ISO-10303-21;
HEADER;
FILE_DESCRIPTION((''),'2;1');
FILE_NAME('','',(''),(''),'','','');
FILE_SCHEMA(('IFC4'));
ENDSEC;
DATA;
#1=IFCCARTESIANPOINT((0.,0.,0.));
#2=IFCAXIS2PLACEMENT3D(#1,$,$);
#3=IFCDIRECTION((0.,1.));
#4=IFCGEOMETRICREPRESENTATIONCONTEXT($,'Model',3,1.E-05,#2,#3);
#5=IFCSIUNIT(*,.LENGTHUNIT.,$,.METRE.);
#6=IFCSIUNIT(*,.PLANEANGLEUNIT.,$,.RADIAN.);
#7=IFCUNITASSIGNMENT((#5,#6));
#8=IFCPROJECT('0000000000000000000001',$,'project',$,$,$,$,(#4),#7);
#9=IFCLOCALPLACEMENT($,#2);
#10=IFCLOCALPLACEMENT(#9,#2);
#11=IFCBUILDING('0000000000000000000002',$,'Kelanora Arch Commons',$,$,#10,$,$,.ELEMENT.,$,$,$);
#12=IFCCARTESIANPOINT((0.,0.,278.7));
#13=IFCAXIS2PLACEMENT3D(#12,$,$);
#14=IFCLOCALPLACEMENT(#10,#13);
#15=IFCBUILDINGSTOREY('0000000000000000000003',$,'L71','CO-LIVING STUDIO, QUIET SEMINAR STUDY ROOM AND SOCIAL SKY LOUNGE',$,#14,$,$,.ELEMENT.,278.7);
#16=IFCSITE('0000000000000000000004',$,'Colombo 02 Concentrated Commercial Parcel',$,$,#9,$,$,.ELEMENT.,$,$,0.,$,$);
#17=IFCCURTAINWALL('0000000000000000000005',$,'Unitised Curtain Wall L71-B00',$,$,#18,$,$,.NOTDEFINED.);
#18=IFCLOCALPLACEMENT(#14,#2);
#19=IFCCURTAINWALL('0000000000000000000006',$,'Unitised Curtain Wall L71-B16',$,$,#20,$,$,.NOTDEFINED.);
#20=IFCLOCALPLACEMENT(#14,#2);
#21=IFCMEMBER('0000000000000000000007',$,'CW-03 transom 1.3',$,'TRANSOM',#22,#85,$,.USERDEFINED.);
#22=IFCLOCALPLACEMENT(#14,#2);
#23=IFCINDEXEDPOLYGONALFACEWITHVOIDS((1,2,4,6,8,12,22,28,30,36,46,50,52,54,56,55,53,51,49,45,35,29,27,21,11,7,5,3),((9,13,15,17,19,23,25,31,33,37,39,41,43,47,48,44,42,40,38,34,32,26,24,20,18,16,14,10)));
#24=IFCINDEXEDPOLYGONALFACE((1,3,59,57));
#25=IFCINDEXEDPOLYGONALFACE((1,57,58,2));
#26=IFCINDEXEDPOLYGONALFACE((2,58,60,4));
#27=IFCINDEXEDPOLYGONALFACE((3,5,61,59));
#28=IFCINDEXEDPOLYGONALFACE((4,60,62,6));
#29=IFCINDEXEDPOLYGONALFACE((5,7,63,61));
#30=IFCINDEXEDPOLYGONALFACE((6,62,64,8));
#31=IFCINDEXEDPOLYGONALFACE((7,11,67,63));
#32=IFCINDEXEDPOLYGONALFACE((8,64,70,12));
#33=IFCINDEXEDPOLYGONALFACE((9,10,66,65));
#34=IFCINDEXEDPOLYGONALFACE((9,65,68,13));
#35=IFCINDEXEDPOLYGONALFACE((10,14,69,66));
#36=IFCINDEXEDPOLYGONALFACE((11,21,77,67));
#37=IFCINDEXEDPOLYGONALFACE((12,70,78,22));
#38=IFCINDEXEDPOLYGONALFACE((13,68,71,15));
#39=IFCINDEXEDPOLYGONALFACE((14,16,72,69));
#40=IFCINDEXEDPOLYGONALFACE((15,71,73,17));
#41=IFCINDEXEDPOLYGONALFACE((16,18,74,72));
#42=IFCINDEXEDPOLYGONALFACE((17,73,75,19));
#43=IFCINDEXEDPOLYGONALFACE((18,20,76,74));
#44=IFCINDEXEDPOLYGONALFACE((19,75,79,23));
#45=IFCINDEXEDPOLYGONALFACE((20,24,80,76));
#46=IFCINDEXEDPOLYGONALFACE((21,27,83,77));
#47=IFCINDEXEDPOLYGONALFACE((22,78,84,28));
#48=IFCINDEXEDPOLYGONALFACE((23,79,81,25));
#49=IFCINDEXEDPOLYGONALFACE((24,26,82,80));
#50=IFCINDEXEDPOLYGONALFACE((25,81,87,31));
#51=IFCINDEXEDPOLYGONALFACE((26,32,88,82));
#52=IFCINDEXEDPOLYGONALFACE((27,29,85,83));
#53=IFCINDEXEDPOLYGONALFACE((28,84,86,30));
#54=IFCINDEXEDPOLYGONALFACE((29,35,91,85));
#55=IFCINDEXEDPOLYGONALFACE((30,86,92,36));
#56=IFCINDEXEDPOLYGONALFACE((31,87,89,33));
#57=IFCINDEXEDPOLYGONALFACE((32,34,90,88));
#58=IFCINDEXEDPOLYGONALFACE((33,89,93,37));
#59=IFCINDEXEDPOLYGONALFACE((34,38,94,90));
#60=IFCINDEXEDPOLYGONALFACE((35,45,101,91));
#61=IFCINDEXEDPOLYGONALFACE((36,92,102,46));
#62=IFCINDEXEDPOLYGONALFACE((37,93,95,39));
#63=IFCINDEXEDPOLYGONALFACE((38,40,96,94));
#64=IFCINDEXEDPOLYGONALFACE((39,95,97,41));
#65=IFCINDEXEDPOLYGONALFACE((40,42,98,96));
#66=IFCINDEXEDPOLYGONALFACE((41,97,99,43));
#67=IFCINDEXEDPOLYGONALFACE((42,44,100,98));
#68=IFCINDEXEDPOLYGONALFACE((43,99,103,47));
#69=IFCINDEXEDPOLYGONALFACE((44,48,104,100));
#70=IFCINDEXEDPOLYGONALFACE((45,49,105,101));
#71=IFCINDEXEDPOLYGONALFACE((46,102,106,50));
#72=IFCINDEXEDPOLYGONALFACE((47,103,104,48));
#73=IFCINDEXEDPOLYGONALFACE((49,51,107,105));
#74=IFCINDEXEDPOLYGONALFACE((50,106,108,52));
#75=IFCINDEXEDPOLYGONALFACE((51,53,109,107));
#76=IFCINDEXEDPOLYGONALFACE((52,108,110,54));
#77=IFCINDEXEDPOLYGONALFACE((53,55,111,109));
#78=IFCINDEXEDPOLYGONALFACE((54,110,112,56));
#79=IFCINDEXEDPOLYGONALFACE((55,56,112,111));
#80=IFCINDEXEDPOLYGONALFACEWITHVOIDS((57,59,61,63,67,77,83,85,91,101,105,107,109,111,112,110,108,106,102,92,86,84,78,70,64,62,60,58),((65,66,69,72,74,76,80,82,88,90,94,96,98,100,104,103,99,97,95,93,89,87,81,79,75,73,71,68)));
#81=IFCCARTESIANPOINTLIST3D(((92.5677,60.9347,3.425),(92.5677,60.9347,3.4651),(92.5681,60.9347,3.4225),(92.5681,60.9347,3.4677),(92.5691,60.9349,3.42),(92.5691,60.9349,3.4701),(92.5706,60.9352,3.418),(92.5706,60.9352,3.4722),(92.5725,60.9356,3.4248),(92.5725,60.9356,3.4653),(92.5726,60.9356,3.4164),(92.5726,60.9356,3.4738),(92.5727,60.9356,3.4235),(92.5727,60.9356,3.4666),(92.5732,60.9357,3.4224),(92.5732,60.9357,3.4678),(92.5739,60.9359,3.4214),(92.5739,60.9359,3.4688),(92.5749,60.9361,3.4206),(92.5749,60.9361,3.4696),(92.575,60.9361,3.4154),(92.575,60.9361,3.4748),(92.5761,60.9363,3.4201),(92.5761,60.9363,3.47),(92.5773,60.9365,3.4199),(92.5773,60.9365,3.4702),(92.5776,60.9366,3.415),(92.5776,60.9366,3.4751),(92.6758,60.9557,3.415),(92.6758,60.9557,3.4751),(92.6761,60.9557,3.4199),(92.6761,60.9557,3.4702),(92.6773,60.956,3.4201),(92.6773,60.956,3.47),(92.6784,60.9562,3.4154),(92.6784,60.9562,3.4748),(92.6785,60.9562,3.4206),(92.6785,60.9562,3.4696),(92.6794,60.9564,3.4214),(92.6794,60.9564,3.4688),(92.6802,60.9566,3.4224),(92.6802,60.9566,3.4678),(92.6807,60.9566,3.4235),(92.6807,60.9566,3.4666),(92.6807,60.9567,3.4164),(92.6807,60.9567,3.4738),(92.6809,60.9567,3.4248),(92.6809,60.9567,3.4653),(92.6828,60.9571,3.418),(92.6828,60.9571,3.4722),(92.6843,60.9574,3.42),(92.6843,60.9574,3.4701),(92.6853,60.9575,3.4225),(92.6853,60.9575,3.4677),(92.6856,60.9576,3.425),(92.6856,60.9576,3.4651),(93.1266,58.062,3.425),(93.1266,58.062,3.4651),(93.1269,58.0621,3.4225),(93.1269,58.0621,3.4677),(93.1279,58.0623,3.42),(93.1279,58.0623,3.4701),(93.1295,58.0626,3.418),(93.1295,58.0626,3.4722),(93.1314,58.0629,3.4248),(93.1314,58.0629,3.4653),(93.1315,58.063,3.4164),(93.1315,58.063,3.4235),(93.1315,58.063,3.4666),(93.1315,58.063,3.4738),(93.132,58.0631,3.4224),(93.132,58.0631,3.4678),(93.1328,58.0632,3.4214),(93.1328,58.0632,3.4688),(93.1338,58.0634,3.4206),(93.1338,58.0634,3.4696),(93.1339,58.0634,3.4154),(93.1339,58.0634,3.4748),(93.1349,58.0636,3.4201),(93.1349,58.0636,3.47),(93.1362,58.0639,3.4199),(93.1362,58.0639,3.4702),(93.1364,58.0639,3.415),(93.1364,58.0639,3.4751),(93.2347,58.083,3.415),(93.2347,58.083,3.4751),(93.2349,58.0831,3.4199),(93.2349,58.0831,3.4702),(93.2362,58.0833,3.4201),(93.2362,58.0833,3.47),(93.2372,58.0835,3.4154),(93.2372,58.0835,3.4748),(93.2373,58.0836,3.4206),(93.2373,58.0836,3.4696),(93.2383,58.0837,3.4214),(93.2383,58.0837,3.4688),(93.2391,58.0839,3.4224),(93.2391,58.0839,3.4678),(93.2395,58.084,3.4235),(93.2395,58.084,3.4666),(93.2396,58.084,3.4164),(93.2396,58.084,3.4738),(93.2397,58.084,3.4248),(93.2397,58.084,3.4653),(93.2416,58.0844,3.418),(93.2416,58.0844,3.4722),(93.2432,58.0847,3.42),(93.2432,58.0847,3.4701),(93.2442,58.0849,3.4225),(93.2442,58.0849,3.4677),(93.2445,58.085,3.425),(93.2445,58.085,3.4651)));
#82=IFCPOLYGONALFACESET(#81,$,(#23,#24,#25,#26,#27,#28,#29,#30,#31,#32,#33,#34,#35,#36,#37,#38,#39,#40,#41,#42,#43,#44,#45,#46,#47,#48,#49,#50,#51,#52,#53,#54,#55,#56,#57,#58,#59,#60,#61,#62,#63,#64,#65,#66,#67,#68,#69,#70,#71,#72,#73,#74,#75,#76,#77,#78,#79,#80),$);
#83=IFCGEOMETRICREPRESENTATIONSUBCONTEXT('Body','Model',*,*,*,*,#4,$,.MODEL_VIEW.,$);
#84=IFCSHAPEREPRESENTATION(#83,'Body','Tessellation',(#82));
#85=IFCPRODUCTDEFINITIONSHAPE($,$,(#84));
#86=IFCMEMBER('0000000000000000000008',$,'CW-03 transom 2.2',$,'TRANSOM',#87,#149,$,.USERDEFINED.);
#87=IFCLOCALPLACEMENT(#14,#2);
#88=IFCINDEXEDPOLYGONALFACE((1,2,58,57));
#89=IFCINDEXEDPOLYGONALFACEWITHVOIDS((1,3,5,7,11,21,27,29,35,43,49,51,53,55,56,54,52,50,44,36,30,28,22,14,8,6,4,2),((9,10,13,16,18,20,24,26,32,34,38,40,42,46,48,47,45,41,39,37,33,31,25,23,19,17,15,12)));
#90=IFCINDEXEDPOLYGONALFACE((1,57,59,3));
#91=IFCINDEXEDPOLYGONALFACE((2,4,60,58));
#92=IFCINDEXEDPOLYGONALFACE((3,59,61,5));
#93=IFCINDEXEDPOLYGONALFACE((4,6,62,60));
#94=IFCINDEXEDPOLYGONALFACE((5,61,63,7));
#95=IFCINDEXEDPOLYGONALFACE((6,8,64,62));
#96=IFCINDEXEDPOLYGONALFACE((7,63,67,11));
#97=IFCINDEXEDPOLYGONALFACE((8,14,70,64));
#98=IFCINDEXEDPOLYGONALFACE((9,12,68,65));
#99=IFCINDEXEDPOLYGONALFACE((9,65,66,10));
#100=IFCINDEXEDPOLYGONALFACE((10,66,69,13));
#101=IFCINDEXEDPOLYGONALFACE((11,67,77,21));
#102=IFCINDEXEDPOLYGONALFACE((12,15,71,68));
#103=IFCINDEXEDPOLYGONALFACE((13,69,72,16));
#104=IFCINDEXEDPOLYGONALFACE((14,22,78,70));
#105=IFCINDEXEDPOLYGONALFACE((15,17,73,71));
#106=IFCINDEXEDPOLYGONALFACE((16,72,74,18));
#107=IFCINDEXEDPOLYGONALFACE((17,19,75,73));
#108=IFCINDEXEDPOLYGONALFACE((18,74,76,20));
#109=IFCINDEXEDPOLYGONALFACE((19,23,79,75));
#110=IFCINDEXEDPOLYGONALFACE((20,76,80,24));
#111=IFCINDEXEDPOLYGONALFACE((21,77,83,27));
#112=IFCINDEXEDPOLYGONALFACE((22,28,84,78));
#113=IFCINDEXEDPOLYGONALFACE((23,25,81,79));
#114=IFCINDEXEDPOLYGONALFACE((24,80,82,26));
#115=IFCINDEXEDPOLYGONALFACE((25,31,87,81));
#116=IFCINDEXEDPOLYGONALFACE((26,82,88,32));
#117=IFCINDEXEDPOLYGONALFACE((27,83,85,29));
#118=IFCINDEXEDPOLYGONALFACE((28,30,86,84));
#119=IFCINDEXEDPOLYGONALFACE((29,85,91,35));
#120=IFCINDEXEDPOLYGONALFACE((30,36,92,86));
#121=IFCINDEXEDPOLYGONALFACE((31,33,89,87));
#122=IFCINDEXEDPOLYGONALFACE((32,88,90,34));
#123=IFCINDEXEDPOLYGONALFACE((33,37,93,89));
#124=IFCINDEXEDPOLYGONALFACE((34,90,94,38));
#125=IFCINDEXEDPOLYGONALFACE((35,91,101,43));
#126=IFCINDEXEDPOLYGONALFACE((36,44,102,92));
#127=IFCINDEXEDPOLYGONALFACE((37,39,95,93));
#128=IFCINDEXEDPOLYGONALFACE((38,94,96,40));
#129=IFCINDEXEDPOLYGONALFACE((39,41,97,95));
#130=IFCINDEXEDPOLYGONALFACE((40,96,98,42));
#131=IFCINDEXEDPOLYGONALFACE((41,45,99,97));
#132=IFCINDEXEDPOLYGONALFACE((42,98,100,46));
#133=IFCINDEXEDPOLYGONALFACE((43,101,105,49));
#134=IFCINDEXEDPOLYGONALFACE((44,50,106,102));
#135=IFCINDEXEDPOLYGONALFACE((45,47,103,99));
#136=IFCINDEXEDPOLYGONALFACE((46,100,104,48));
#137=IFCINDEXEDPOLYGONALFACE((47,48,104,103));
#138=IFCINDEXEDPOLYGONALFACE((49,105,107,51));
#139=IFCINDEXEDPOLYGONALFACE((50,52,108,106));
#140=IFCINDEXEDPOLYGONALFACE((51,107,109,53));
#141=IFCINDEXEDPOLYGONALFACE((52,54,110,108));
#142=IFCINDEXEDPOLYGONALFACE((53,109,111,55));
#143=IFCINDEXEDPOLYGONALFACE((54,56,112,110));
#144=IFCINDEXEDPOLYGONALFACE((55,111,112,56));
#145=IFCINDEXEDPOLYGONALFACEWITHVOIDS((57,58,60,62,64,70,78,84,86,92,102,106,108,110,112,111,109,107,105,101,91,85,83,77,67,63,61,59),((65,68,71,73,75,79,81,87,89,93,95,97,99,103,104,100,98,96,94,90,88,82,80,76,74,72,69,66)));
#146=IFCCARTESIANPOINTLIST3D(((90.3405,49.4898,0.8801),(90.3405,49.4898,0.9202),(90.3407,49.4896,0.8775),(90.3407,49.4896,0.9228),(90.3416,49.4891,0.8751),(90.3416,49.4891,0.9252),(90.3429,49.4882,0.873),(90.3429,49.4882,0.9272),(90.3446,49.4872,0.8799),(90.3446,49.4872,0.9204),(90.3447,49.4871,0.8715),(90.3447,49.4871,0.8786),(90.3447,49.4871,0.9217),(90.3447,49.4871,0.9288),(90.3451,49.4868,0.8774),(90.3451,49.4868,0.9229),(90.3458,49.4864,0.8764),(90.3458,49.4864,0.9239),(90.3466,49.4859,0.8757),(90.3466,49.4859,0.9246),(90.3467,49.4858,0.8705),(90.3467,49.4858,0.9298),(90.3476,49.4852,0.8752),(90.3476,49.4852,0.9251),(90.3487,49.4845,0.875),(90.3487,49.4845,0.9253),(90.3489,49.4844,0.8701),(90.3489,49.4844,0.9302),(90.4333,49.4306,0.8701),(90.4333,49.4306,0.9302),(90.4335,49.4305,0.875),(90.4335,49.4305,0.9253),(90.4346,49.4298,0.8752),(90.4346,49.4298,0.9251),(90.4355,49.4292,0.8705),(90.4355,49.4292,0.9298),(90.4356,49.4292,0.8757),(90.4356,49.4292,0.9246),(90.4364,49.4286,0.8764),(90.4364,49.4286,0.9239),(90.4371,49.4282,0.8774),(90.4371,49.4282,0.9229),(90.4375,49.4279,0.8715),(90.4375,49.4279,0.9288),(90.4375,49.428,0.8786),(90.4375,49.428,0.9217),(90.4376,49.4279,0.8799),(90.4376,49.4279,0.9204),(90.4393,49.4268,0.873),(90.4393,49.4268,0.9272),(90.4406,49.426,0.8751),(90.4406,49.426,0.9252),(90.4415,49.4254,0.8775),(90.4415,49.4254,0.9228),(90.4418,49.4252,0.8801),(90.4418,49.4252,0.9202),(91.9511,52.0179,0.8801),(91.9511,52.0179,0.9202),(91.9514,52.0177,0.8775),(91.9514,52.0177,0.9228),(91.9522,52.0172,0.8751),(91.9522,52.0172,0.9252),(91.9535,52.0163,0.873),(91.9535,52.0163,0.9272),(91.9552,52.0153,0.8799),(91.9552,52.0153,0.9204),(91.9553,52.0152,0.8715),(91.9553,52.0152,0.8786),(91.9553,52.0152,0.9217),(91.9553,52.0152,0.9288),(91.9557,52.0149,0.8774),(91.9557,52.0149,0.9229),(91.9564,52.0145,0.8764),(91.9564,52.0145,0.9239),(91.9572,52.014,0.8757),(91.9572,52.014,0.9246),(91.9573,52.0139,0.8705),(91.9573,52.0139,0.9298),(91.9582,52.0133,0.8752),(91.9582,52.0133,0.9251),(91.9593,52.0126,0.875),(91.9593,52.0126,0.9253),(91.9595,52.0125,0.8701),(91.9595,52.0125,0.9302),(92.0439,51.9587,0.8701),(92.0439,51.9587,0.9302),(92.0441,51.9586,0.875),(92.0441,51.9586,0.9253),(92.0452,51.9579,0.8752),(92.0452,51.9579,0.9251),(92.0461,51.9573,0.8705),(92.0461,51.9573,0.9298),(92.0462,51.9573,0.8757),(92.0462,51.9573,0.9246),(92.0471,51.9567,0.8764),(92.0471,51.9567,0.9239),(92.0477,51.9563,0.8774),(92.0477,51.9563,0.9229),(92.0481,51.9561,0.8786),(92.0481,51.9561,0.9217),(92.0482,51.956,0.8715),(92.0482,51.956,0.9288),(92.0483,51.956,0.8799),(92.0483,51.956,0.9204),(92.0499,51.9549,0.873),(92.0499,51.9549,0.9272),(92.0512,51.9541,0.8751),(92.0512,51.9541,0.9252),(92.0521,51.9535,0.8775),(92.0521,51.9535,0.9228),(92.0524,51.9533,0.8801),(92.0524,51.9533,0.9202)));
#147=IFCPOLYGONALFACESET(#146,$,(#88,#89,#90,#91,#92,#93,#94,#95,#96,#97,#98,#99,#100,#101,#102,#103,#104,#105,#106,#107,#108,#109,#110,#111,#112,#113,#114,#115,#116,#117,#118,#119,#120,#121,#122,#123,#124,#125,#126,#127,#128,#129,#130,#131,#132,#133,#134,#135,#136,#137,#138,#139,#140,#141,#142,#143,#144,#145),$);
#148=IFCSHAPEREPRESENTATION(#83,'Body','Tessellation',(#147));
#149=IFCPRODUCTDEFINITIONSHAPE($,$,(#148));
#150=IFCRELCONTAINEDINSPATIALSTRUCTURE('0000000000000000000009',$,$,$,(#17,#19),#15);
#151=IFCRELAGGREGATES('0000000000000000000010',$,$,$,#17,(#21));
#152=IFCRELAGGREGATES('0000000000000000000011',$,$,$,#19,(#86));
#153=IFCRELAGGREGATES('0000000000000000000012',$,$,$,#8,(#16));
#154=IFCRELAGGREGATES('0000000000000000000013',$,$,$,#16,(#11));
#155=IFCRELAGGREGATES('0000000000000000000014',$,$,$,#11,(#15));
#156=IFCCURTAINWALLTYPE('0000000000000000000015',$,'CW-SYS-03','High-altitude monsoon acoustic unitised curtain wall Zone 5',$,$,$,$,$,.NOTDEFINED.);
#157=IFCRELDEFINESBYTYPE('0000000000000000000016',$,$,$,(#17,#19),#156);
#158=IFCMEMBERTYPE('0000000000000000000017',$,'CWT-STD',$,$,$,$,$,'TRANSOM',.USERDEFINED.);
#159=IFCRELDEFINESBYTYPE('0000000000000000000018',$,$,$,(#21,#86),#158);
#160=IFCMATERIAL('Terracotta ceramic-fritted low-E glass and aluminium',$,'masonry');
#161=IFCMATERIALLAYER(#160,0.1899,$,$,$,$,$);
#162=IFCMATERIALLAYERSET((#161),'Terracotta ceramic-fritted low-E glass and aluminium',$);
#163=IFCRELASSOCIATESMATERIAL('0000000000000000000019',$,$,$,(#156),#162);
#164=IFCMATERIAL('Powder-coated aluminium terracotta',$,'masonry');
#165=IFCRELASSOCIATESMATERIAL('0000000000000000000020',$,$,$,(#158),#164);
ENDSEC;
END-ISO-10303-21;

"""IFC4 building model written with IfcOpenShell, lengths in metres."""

from ifc_helpers import new_model, si_unit, direction, frame, origin, origin_2d, place, context, subcontext, project, spatial, hollow_rectangle, extrude, material, layer, layer_set, material_profile, profile_set, type_object, element, aggregate, save


model = new_model("IFC4")

# Units and contexts
model_context = context("Model", 3, precision=1e-05, world=origin(), true_north=direction((0.0, 1.0)))
body_context = subcontext(model_context, "Body", "Model", "MODEL_VIEW")
ifc_project = project(units=[si_unit("LENGTHUNIT", "METRE"), si_unit("PLANEANGLEUNIT", "RADIAN")], contexts=[model_context])

# Site, building, storey
site_placement = place(None, origin())
site = spatial("IfcSite", under=ifc_project, at=site_placement, Name="Colombo 02 Concentrated Commercial Parcel", CompositionType="ELEMENT", RefElevation=0.0)
building_placement = place(site_placement, origin())
building = spatial("IfcBuilding", under=site, at=building_placement, Name="Kelanora Arch Commons", CompositionType="ELEMENT")
storey_placement = place(building_placement, frame((0.0, 0.0, 278.7)))
storey = spatial("IfcBuildingStorey", under=building, at=storey_placement, Name="L71", Description="CO-LIVING STUDIO, QUIET SEMINAR STUDY ROOM AND SOCIAL SKY LOUNGE", CompositionType="ELEMENT", Elevation=278.7)

# Curtain walls
ifc_material_1 = material(Name="Terracotta ceramic-fritted low-E glass and aluminium", Category="masonry")
ifc_layer_1 = layer(ifc_material_1, 0.1899)
ifc_layer_set_1 = layer_set([ifc_layer_1], Name="Terracotta ceramic-fritted low-E glass and aluminium")
curtain_wall_type = type_object("IfcCurtainWallType", Name="CW-SYS-03", Description="High-altitude monsoon acoustic unitised curtain wall Zone 5", PredefinedType="NOTDEFINED", material=ifc_layer_set_1)
curtain_wall_1_placement = place(storey_placement, origin())
curtain_wall_1 = element("IfcCurtainWall", 1, at=curtain_wall_1_placement, inside=storey, type_object=curtain_wall_type, Name="Unitised Curtain Wall L71-B00", PredefinedType="NOTDEFINED")
ifc_material_2 = material(Name="Powder-coated aluminium terracotta", Category="masonry")
curtain_wall_2_placement = place(storey_placement, origin())
curtain_wall_2 = element("IfcCurtainWall", 2, at=curtain_wall_2_placement, inside=storey, type_object=curtain_wall_type, Name="Unitised Curtain Wall L71-B16", PredefinedType="NOTDEFINED")

# Members
ifc_material_profile_1 = material_profile(ifc_material_2, hollow_rectangle(XDim=0.1201, YDim=0.0601, WallThickness=0.0049, InnerFilletRadius=0.0049, OuterFilletRadius=0.01, at=origin_2d()), Name="CWT120x60")
ifc_profile_set_1 = profile_set([ifc_material_profile_1], Name="Powder-coated aluminium terracotta")
member_type_1 = type_object("IfcMemberType", Name="CWT-STD", ElementType="TRANSOM", PredefinedType="USERDEFINED", material=ifc_profile_set_1)
member_1_placement = place(storey_placement, frame((93.1855, 58.0735, 3.4451), z_axis=(-0.190963, 0.981597, 0.0), x_axis=(-0.981597, -0.190963, 0.0)))
member_1 = element("IfcMember", 3, at=member_1_placement, type_object=member_type_1, Name="CW-03 transom 1.3", ObjectType="TRANSOM", PredefinedType="USERDEFINED", context=body_context, shape_type="SweptSolid", body=[
    extrude(hollow_rectangle(XDim=0.1201, YDim=0.0601, WallThickness=0.0049, InnerFilletRadius=0.0049, OuterFilletRadius=0.01, at=origin_2d()), origin(), (0.0, 0.0, 1.0), 2.9265),
])
aggregate(curtain_wall_1, [member_1])
member_2_placement = place(storey_placement, frame((90.3911, 49.4575, 0.9001), z_axis=(0.537308, 0.843386, 0.0), x_axis=(-0.843386, 0.537308, 0.0)))
member_2 = element("IfcMember", 4, at=member_2_placement, type_object=member_type_1, Name="CW-03 transom 2.2", ObjectType="TRANSOM", PredefinedType="USERDEFINED", context=body_context, shape_type="SweptSolid", body=[
    extrude(hollow_rectangle(XDim=0.1201, YDim=0.0601, WallThickness=0.0049, InnerFilletRadius=0.0049, OuterFilletRadius=0.01, at=origin_2d()), origin(), (0.0, 0.0, 1.0), 2.9976),
])

aggregate(curtain_wall_2, [member_2])

save(model, "model.ifc")
